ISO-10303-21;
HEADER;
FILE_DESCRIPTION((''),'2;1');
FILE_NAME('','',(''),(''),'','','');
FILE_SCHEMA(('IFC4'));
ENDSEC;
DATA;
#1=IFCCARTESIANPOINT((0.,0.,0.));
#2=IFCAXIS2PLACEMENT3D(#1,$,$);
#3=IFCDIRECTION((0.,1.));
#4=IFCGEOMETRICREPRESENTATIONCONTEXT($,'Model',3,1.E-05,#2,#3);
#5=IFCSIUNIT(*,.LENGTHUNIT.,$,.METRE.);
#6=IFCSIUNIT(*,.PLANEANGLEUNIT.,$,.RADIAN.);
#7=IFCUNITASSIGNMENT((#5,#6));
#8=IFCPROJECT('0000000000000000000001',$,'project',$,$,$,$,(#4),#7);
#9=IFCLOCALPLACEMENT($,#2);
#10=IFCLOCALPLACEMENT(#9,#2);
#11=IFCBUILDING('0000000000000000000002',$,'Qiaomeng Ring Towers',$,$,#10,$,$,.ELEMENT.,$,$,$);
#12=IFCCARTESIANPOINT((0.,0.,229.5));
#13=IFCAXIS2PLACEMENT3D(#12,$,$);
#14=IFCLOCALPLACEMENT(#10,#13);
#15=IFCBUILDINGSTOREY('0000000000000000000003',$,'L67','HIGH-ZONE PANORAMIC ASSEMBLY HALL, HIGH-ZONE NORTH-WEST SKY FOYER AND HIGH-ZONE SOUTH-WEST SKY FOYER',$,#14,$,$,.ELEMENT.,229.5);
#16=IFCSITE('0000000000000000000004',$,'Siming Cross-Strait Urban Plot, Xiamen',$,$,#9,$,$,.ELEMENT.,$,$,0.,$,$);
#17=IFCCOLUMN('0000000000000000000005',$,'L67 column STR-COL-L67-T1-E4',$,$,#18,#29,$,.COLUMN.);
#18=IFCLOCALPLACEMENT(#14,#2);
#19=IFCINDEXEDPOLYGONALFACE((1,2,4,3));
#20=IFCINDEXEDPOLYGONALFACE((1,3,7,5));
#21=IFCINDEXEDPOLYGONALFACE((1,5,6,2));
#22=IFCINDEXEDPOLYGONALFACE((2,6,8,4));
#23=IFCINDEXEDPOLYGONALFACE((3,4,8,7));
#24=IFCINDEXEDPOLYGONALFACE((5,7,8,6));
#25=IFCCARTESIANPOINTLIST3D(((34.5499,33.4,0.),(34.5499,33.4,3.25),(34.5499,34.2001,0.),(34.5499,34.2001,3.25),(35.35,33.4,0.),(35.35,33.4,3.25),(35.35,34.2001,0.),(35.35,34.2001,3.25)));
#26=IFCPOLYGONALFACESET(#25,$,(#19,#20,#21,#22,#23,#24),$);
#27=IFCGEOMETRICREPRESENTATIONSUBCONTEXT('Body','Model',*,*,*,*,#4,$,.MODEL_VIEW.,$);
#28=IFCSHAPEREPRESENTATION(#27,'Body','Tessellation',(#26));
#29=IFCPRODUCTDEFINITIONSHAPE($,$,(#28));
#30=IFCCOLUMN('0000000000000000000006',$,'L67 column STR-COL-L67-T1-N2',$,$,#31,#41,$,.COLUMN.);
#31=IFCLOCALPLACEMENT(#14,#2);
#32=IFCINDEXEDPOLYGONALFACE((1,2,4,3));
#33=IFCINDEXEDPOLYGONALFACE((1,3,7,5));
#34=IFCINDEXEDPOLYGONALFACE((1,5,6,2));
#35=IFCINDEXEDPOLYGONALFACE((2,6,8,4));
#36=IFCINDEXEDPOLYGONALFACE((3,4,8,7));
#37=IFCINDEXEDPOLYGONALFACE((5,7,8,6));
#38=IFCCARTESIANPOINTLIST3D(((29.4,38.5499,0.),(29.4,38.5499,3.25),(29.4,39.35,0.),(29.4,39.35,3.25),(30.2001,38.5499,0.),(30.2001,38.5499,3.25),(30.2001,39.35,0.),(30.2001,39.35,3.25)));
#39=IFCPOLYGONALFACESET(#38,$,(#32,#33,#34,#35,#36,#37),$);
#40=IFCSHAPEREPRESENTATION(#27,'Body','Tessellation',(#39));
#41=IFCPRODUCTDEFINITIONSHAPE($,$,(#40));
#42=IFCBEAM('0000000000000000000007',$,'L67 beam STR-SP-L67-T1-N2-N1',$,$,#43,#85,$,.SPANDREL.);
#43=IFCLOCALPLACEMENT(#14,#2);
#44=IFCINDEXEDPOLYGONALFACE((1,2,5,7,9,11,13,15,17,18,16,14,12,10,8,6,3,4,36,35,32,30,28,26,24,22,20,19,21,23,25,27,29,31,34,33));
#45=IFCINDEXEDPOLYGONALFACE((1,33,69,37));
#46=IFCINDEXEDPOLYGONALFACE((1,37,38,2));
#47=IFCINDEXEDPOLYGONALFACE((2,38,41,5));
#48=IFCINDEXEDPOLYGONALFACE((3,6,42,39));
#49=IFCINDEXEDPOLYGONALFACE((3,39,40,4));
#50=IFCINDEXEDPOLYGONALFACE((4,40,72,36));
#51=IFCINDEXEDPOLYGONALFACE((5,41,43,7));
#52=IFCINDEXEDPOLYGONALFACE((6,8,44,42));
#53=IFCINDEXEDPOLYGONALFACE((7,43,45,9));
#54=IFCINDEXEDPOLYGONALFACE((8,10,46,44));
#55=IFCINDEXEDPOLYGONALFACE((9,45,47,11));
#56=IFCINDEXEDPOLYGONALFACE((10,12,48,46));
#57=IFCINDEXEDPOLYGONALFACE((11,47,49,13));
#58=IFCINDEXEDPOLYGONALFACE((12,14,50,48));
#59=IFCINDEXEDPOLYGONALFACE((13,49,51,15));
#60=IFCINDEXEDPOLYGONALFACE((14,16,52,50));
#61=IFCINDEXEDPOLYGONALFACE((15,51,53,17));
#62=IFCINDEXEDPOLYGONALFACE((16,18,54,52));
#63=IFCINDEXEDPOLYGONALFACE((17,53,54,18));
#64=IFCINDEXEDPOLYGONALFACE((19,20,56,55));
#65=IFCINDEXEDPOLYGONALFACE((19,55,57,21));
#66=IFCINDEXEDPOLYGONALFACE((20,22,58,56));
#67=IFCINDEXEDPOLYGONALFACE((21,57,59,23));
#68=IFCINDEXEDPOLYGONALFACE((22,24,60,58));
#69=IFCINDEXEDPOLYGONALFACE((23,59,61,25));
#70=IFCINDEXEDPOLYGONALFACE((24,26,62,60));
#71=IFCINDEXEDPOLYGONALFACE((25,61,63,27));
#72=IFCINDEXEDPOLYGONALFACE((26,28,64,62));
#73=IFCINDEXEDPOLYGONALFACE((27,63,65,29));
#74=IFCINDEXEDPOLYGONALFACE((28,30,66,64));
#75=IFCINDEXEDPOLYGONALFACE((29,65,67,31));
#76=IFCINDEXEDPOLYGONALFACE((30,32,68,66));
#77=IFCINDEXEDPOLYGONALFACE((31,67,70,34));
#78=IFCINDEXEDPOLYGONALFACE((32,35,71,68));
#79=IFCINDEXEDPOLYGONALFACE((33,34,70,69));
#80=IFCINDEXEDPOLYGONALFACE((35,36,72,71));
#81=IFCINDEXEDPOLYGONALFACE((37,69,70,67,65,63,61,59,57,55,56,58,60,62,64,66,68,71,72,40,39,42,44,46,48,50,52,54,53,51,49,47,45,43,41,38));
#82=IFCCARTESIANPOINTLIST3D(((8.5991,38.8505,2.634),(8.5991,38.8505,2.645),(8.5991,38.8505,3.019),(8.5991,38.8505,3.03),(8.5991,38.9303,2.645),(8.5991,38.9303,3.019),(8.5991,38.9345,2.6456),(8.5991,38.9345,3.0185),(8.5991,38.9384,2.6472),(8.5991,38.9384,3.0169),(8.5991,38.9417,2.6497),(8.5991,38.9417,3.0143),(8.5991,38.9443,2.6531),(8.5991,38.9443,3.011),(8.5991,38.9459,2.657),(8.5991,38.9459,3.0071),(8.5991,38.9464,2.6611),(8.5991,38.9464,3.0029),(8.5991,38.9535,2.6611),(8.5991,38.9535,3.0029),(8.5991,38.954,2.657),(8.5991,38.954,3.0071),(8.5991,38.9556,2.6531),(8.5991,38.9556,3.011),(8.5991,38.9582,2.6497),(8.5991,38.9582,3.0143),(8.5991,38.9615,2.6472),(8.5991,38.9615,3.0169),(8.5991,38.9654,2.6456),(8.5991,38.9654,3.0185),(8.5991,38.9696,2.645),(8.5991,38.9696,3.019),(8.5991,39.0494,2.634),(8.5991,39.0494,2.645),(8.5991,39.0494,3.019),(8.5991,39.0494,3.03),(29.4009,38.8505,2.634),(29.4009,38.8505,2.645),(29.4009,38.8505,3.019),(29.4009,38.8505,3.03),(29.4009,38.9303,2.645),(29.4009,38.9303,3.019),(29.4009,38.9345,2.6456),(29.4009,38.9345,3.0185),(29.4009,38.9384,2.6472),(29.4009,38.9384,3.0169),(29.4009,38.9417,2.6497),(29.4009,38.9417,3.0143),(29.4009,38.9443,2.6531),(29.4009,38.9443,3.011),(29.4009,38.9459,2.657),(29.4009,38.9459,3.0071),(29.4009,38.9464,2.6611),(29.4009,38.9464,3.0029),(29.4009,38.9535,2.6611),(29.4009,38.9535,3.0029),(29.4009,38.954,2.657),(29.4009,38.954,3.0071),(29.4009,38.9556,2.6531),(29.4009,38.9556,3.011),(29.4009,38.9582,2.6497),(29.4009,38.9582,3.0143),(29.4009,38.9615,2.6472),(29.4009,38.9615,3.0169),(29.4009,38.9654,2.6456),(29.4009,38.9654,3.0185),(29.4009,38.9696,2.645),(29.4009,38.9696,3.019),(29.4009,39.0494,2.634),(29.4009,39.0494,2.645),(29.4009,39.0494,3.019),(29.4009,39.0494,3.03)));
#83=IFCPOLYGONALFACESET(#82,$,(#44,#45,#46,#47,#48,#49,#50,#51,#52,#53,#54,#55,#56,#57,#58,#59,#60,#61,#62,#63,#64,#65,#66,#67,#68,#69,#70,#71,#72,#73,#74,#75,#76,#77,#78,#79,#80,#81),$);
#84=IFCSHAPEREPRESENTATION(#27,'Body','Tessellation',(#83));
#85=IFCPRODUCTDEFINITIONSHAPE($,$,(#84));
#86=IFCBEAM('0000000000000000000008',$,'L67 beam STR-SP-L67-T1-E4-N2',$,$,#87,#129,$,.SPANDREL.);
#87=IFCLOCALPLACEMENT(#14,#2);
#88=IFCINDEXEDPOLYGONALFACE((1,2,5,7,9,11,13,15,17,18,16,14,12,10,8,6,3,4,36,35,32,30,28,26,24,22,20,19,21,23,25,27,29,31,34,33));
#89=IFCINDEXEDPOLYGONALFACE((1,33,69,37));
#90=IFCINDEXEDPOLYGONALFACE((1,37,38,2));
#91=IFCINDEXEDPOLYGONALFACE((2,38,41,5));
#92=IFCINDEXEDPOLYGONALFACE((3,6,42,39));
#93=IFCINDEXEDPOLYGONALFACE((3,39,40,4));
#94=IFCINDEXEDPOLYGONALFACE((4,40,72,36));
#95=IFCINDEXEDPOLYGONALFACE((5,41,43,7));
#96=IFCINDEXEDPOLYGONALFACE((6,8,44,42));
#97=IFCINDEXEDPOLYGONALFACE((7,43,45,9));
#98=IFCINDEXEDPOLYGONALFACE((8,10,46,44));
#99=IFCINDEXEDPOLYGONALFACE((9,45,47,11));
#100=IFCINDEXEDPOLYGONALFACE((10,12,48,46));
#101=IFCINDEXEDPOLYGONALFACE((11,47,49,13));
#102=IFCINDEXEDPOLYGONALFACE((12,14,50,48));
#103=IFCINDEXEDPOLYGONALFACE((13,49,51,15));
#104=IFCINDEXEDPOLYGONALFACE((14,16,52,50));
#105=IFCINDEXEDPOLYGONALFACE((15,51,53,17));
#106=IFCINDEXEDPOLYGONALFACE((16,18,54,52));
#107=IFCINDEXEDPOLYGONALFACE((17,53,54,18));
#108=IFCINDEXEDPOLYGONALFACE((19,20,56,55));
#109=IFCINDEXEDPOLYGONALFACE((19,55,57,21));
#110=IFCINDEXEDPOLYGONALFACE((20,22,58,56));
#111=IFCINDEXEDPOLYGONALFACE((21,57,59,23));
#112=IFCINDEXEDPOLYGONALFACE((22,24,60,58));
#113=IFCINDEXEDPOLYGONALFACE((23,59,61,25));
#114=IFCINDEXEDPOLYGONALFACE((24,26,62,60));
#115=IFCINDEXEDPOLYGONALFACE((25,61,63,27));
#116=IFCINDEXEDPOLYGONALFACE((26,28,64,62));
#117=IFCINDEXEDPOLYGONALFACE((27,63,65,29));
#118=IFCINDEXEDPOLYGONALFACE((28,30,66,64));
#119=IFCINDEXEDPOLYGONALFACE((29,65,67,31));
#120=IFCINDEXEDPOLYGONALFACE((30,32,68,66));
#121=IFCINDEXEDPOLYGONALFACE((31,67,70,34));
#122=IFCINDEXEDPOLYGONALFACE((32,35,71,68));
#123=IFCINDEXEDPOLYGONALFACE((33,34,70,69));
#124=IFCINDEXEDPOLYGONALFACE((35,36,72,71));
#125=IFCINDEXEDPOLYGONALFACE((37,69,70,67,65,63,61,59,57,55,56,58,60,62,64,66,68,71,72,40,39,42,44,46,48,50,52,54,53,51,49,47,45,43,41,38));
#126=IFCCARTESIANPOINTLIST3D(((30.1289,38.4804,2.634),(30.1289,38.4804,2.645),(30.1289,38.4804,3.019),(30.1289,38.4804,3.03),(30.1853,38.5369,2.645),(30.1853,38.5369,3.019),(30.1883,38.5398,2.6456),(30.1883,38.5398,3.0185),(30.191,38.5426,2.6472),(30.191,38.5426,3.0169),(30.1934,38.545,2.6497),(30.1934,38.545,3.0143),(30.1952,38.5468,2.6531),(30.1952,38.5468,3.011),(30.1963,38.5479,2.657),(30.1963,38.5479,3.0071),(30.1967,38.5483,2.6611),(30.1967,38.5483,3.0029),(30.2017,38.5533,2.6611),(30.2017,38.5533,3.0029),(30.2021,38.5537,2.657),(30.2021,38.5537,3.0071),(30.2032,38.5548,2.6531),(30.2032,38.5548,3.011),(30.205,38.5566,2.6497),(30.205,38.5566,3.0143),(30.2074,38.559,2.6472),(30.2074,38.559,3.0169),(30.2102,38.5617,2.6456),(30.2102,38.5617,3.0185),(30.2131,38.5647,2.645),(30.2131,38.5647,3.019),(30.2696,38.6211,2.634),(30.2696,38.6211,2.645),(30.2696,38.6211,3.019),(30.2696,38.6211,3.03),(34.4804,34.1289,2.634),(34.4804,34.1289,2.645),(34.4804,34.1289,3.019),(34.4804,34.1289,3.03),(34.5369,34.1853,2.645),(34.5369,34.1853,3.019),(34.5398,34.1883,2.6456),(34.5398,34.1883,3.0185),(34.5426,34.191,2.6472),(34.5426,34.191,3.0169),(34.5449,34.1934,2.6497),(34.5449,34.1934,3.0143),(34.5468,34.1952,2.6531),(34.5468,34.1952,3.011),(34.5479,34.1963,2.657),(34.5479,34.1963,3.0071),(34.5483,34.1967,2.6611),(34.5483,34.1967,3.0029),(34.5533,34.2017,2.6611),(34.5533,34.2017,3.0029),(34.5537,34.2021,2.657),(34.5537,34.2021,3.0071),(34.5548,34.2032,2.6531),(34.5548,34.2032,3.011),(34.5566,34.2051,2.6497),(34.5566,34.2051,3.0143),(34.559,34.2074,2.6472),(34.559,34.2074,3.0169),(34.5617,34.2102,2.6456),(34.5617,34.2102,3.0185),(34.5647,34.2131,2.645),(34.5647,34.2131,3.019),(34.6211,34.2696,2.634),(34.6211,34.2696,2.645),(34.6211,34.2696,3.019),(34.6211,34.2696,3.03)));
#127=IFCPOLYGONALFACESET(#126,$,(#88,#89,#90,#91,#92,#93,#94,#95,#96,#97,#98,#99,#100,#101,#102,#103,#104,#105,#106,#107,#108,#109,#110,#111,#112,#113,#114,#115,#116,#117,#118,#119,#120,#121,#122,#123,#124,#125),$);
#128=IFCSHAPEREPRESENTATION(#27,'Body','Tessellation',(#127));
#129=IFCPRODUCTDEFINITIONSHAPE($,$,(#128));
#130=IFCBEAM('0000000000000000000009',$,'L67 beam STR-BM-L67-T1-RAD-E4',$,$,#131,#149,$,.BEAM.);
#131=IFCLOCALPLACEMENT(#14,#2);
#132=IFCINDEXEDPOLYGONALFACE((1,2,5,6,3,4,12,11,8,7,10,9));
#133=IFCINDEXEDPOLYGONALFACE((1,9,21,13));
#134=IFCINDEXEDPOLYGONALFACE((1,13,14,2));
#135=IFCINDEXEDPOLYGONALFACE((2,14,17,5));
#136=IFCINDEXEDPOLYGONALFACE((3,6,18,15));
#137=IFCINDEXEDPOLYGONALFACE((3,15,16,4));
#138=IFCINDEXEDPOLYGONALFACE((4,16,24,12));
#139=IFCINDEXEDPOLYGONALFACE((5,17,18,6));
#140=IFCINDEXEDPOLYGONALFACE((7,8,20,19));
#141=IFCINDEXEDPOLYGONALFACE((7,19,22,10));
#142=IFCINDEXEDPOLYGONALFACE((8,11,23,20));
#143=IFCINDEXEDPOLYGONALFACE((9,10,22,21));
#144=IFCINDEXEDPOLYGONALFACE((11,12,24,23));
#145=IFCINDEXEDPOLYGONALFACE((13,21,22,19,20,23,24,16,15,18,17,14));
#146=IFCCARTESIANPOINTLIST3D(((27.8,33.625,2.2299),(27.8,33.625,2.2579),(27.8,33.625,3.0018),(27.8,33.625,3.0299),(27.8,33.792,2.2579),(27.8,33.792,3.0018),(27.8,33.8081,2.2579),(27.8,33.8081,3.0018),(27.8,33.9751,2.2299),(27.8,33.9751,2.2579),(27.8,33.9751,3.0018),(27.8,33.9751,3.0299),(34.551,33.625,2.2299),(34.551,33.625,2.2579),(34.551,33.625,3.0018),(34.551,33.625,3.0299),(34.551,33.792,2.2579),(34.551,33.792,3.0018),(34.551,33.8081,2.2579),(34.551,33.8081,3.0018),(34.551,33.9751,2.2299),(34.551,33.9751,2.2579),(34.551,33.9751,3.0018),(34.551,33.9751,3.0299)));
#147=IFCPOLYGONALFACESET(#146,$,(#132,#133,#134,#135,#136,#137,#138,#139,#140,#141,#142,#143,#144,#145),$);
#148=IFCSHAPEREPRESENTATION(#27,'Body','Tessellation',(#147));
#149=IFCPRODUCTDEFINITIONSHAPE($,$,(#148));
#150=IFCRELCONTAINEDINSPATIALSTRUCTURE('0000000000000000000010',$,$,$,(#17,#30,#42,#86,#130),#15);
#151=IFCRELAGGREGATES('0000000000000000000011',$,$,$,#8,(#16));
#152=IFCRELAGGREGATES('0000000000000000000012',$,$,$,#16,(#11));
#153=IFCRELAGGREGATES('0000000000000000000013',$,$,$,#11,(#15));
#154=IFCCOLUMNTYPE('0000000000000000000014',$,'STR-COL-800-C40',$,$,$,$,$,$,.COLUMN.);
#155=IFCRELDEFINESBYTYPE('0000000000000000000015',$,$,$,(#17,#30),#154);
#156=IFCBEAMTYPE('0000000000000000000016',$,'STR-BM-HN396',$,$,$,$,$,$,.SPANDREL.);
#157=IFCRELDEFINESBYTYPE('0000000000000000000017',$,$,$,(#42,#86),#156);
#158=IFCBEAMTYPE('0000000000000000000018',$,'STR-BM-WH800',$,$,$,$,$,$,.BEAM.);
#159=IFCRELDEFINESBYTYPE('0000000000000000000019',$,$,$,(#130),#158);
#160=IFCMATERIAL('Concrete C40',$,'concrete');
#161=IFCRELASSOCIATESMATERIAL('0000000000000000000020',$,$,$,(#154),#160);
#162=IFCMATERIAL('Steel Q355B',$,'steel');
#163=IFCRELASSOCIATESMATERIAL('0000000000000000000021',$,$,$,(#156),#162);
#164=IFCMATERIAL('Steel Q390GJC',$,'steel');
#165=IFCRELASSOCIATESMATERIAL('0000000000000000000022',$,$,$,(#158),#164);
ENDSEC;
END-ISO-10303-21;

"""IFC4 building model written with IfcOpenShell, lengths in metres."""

from ifc_helpers import new_model, si_unit, direction, frame, origin, origin_2d, place, context, subcontext, project, spatial, rectangle, i_section, extrude, source, transform, mapped, material, material_profile, profile_set, type_object, element, save


model = new_model("IFC4")

# Units and contexts
model_context = context("Model", 3, precision=1e-05, world=origin(), true_north=direction((0.0, 1.0)))
body_context = subcontext(model_context, "Body", "Model", "MODEL_VIEW")
ifc_project = project(units=[si_unit("LENGTHUNIT", "METRE"), si_unit("PLANEANGLEUNIT", "RADIAN")], contexts=[model_context])

# Site, building, storey
site_placement = place(None, origin())
site = spatial("IfcSite", under=ifc_project, at=site_placement, Name="Siming Cross-Strait Urban Plot, Xiamen", CompositionType="ELEMENT", RefElevation=0.0)
building_placement = place(site_placement, origin())
building = spatial("IfcBuilding", under=site, at=building_placement, Name="Qiaomeng Ring Towers", CompositionType="ELEMENT")
storey_placement = place(building_placement, frame((0.0, 0.0, 229.5)))
storey = spatial("IfcBuildingStorey", under=building, at=storey_placement, Name="L67", Description="HIGH-ZONE PANORAMIC ASSEMBLY HALL, HIGH-ZONE NORTH-WEST SKY FOYER AND HIGH-ZONE SOUTH-WEST SKY FOYER", CompositionType="ELEMENT", Elevation=229.5)

# Columns
ifc_material_1 = material(Name="Concrete C40", Category="concrete")
ifc_material_profile_1 = material_profile(ifc_material_1, rectangle(XDim=0.8, YDim=0.8, at=origin_2d()), Name="RC COL 800x800")
ifc_profile_set_1 = profile_set([ifc_material_profile_1], Name="Concrete C40")
column_type = type_object("IfcColumnType", Name="STR-COL-800-C40", PredefinedType="COLUMN", material=ifc_profile_set_1)
shared_shape_1 = source(origin(), body_context, "Body", "SweptSolid", [
    extrude(rectangle(XDim=0.8, YDim=0.8, at=origin_2d()), origin(), (0.0, 0.0, 1.0), 3.25),
])
for number, where, z_axis, x_axis, name in (
    (1, (34.95, 33.8, 0.0), (0.0, 0.0, 1.0), (1.0, 0.0, 0.0), "L67 column STR-COL-L67-T1-E4"),
    (2, (29.8, 38.95, 0.0), (0.0, 0.0, 1.0), (1.0, 0.0, 0.0), "L67 column STR-COL-L67-T1-N2"),
):
    element("IfcColumn", number, at=place(storey_placement, frame(where, z_axis=z_axis, x_axis=x_axis)), inside=storey, type_object=column_type, Name=name, PredefinedType="COLUMN", context=body_context, shape_type="MappedRepresentation", body=[
        mapped(shared_shape_1, transform((0.0, 0.0, 0.0), x_axis=(1.0, 0.0, 0.0), y_axis=(0.0, 1.0, 0.0), z_axis=(0.0, 0.0, 1.0), scale=1.0)),
    ])

# Beams
ifc_material_2 = material(Name="Steel Q355B", Category="steel")
ifc_material_profile_2 = material_profile(ifc_material_2, i_section(OverallWidth=0.199, OverallDepth=0.396, WebThickness=0.0071, FlangeThickness=0.011, FilletRadius=0.0161, at=origin_2d()), Name="HN 396x199x7x11")
ifc_profile_set_2 = profile_set([ifc_material_profile_2], Name="Steel Q355B")
beam_type_1 = type_object("IfcBeamType", Name="STR-BM-HN396", PredefinedType="SPANDREL", material=ifc_profile_set_2)
shared_shape_2 = source(origin(), body_context, "Body", "SweptSolid", [
    extrude(i_section(OverallWidth=0.199, OverallDepth=0.396, WebThickness=0.0071, FlangeThickness=0.011, FilletRadius=0.0161, at=origin_2d()), origin(), (0.0, 0.0, 1.0), 20.8018),
])
beam_1_placement = place(storey_placement, frame((29.4009, 38.95, 2.832), z_axis=(-1.0, 0.0, 0.0), x_axis=(0.0, -1.0, 0.0)))
element("IfcBeam", 3, at=beam_1_placement, inside=storey, type_object=beam_type_1, Name="L67 beam STR-SP-L67-T1-N2-N1", PredefinedType="SPANDREL", context=body_context, shape_type="MappedRepresentation", body=[
    mapped(shared_shape_2, transform((0.0, 0.0, 0.0), x_axis=(1.0, 0.0, 0.0), y_axis=(0.0, 1.0, 0.0), z_axis=(0.0, 0.0, 1.0), scale=1.0)),
])
shared_shape_3 = source(origin(), body_context, "Body", "SweptSolid", [
    extrude(i_section(OverallWidth=0.199, OverallDepth=0.396, WebThickness=0.0071, FlangeThickness=0.011, FilletRadius=0.0161, at=origin_2d()), origin(), (0.0, 0.0, 1.0), 6.1541),
])
beam_2_placement = place(storey_placement, frame((34.5508, 34.1992, 2.832), z_axis=(-0.707107, 0.707107, 0.0), x_axis=(-0.707107, -0.707107, 0.0)))
element("IfcBeam", 4, at=beam_2_placement, inside=storey, type_object=beam_type_1, Name="L67 beam STR-SP-L67-T1-E4-N2", PredefinedType="SPANDREL", context=body_context, shape_type="MappedRepresentation", body=[
    mapped(shared_shape_3, transform((0.0, 0.0, 0.0), x_axis=(1.0, 0.0, 0.0), y_axis=(0.0, 1.0, 0.0), z_axis=(0.0, 0.0, 1.0), scale=1.0)),
])
ifc_material_3 = material(Name="Steel Q390GJC", Category="steel")
ifc_material_profile_3 = material_profile(ifc_material_3, i_section(OverallWidth=0.3501, OverallDepth=0.8, WebThickness=0.0161, FlangeThickness=0.0281, at=origin_2d()), Name="WH 800x350x16x28")
ifc_profile_set_3 = profile_set([ifc_material_profile_3], Name="Steel Q390GJC")
beam_type_2 = type_object("IfcBeamType", Name="STR-BM-WH800", PredefinedType="BEAM", material=ifc_profile_set_3)
shared_shape_4 = source(origin(), body_context, "Body", "SweptSolid", [
    extrude(i_section(OverallWidth=0.3501, OverallDepth=0.8, WebThickness=0.0161, FlangeThickness=0.0281, at=origin_2d()), origin(), (0.0, 0.0, 1.0), 6.751),
])
beam_3_placement = place(storey_placement, frame((27.8, 33.8, 2.6299), z_axis=(1.0, 0.0, 0.0), x_axis=(0.0, 1.0, 0.0)))
element("IfcBeam", 5, at=beam_3_placement, inside=storey, type_object=beam_type_2, Name="L67 beam STR-BM-L67-T1-RAD-E4", PredefinedType="BEAM", context=body_context, shape_type="MappedRepresentation", body=[
    mapped(shared_shape_4, transform((0.0, 0.0, 0.0), x_axis=(1.0, 0.0, 0.0), y_axis=(0.0, 1.0, 0.0), z_axis=(0.0, 0.0, 1.0), scale=1.0)),
])

save(model, "model.ifc")
